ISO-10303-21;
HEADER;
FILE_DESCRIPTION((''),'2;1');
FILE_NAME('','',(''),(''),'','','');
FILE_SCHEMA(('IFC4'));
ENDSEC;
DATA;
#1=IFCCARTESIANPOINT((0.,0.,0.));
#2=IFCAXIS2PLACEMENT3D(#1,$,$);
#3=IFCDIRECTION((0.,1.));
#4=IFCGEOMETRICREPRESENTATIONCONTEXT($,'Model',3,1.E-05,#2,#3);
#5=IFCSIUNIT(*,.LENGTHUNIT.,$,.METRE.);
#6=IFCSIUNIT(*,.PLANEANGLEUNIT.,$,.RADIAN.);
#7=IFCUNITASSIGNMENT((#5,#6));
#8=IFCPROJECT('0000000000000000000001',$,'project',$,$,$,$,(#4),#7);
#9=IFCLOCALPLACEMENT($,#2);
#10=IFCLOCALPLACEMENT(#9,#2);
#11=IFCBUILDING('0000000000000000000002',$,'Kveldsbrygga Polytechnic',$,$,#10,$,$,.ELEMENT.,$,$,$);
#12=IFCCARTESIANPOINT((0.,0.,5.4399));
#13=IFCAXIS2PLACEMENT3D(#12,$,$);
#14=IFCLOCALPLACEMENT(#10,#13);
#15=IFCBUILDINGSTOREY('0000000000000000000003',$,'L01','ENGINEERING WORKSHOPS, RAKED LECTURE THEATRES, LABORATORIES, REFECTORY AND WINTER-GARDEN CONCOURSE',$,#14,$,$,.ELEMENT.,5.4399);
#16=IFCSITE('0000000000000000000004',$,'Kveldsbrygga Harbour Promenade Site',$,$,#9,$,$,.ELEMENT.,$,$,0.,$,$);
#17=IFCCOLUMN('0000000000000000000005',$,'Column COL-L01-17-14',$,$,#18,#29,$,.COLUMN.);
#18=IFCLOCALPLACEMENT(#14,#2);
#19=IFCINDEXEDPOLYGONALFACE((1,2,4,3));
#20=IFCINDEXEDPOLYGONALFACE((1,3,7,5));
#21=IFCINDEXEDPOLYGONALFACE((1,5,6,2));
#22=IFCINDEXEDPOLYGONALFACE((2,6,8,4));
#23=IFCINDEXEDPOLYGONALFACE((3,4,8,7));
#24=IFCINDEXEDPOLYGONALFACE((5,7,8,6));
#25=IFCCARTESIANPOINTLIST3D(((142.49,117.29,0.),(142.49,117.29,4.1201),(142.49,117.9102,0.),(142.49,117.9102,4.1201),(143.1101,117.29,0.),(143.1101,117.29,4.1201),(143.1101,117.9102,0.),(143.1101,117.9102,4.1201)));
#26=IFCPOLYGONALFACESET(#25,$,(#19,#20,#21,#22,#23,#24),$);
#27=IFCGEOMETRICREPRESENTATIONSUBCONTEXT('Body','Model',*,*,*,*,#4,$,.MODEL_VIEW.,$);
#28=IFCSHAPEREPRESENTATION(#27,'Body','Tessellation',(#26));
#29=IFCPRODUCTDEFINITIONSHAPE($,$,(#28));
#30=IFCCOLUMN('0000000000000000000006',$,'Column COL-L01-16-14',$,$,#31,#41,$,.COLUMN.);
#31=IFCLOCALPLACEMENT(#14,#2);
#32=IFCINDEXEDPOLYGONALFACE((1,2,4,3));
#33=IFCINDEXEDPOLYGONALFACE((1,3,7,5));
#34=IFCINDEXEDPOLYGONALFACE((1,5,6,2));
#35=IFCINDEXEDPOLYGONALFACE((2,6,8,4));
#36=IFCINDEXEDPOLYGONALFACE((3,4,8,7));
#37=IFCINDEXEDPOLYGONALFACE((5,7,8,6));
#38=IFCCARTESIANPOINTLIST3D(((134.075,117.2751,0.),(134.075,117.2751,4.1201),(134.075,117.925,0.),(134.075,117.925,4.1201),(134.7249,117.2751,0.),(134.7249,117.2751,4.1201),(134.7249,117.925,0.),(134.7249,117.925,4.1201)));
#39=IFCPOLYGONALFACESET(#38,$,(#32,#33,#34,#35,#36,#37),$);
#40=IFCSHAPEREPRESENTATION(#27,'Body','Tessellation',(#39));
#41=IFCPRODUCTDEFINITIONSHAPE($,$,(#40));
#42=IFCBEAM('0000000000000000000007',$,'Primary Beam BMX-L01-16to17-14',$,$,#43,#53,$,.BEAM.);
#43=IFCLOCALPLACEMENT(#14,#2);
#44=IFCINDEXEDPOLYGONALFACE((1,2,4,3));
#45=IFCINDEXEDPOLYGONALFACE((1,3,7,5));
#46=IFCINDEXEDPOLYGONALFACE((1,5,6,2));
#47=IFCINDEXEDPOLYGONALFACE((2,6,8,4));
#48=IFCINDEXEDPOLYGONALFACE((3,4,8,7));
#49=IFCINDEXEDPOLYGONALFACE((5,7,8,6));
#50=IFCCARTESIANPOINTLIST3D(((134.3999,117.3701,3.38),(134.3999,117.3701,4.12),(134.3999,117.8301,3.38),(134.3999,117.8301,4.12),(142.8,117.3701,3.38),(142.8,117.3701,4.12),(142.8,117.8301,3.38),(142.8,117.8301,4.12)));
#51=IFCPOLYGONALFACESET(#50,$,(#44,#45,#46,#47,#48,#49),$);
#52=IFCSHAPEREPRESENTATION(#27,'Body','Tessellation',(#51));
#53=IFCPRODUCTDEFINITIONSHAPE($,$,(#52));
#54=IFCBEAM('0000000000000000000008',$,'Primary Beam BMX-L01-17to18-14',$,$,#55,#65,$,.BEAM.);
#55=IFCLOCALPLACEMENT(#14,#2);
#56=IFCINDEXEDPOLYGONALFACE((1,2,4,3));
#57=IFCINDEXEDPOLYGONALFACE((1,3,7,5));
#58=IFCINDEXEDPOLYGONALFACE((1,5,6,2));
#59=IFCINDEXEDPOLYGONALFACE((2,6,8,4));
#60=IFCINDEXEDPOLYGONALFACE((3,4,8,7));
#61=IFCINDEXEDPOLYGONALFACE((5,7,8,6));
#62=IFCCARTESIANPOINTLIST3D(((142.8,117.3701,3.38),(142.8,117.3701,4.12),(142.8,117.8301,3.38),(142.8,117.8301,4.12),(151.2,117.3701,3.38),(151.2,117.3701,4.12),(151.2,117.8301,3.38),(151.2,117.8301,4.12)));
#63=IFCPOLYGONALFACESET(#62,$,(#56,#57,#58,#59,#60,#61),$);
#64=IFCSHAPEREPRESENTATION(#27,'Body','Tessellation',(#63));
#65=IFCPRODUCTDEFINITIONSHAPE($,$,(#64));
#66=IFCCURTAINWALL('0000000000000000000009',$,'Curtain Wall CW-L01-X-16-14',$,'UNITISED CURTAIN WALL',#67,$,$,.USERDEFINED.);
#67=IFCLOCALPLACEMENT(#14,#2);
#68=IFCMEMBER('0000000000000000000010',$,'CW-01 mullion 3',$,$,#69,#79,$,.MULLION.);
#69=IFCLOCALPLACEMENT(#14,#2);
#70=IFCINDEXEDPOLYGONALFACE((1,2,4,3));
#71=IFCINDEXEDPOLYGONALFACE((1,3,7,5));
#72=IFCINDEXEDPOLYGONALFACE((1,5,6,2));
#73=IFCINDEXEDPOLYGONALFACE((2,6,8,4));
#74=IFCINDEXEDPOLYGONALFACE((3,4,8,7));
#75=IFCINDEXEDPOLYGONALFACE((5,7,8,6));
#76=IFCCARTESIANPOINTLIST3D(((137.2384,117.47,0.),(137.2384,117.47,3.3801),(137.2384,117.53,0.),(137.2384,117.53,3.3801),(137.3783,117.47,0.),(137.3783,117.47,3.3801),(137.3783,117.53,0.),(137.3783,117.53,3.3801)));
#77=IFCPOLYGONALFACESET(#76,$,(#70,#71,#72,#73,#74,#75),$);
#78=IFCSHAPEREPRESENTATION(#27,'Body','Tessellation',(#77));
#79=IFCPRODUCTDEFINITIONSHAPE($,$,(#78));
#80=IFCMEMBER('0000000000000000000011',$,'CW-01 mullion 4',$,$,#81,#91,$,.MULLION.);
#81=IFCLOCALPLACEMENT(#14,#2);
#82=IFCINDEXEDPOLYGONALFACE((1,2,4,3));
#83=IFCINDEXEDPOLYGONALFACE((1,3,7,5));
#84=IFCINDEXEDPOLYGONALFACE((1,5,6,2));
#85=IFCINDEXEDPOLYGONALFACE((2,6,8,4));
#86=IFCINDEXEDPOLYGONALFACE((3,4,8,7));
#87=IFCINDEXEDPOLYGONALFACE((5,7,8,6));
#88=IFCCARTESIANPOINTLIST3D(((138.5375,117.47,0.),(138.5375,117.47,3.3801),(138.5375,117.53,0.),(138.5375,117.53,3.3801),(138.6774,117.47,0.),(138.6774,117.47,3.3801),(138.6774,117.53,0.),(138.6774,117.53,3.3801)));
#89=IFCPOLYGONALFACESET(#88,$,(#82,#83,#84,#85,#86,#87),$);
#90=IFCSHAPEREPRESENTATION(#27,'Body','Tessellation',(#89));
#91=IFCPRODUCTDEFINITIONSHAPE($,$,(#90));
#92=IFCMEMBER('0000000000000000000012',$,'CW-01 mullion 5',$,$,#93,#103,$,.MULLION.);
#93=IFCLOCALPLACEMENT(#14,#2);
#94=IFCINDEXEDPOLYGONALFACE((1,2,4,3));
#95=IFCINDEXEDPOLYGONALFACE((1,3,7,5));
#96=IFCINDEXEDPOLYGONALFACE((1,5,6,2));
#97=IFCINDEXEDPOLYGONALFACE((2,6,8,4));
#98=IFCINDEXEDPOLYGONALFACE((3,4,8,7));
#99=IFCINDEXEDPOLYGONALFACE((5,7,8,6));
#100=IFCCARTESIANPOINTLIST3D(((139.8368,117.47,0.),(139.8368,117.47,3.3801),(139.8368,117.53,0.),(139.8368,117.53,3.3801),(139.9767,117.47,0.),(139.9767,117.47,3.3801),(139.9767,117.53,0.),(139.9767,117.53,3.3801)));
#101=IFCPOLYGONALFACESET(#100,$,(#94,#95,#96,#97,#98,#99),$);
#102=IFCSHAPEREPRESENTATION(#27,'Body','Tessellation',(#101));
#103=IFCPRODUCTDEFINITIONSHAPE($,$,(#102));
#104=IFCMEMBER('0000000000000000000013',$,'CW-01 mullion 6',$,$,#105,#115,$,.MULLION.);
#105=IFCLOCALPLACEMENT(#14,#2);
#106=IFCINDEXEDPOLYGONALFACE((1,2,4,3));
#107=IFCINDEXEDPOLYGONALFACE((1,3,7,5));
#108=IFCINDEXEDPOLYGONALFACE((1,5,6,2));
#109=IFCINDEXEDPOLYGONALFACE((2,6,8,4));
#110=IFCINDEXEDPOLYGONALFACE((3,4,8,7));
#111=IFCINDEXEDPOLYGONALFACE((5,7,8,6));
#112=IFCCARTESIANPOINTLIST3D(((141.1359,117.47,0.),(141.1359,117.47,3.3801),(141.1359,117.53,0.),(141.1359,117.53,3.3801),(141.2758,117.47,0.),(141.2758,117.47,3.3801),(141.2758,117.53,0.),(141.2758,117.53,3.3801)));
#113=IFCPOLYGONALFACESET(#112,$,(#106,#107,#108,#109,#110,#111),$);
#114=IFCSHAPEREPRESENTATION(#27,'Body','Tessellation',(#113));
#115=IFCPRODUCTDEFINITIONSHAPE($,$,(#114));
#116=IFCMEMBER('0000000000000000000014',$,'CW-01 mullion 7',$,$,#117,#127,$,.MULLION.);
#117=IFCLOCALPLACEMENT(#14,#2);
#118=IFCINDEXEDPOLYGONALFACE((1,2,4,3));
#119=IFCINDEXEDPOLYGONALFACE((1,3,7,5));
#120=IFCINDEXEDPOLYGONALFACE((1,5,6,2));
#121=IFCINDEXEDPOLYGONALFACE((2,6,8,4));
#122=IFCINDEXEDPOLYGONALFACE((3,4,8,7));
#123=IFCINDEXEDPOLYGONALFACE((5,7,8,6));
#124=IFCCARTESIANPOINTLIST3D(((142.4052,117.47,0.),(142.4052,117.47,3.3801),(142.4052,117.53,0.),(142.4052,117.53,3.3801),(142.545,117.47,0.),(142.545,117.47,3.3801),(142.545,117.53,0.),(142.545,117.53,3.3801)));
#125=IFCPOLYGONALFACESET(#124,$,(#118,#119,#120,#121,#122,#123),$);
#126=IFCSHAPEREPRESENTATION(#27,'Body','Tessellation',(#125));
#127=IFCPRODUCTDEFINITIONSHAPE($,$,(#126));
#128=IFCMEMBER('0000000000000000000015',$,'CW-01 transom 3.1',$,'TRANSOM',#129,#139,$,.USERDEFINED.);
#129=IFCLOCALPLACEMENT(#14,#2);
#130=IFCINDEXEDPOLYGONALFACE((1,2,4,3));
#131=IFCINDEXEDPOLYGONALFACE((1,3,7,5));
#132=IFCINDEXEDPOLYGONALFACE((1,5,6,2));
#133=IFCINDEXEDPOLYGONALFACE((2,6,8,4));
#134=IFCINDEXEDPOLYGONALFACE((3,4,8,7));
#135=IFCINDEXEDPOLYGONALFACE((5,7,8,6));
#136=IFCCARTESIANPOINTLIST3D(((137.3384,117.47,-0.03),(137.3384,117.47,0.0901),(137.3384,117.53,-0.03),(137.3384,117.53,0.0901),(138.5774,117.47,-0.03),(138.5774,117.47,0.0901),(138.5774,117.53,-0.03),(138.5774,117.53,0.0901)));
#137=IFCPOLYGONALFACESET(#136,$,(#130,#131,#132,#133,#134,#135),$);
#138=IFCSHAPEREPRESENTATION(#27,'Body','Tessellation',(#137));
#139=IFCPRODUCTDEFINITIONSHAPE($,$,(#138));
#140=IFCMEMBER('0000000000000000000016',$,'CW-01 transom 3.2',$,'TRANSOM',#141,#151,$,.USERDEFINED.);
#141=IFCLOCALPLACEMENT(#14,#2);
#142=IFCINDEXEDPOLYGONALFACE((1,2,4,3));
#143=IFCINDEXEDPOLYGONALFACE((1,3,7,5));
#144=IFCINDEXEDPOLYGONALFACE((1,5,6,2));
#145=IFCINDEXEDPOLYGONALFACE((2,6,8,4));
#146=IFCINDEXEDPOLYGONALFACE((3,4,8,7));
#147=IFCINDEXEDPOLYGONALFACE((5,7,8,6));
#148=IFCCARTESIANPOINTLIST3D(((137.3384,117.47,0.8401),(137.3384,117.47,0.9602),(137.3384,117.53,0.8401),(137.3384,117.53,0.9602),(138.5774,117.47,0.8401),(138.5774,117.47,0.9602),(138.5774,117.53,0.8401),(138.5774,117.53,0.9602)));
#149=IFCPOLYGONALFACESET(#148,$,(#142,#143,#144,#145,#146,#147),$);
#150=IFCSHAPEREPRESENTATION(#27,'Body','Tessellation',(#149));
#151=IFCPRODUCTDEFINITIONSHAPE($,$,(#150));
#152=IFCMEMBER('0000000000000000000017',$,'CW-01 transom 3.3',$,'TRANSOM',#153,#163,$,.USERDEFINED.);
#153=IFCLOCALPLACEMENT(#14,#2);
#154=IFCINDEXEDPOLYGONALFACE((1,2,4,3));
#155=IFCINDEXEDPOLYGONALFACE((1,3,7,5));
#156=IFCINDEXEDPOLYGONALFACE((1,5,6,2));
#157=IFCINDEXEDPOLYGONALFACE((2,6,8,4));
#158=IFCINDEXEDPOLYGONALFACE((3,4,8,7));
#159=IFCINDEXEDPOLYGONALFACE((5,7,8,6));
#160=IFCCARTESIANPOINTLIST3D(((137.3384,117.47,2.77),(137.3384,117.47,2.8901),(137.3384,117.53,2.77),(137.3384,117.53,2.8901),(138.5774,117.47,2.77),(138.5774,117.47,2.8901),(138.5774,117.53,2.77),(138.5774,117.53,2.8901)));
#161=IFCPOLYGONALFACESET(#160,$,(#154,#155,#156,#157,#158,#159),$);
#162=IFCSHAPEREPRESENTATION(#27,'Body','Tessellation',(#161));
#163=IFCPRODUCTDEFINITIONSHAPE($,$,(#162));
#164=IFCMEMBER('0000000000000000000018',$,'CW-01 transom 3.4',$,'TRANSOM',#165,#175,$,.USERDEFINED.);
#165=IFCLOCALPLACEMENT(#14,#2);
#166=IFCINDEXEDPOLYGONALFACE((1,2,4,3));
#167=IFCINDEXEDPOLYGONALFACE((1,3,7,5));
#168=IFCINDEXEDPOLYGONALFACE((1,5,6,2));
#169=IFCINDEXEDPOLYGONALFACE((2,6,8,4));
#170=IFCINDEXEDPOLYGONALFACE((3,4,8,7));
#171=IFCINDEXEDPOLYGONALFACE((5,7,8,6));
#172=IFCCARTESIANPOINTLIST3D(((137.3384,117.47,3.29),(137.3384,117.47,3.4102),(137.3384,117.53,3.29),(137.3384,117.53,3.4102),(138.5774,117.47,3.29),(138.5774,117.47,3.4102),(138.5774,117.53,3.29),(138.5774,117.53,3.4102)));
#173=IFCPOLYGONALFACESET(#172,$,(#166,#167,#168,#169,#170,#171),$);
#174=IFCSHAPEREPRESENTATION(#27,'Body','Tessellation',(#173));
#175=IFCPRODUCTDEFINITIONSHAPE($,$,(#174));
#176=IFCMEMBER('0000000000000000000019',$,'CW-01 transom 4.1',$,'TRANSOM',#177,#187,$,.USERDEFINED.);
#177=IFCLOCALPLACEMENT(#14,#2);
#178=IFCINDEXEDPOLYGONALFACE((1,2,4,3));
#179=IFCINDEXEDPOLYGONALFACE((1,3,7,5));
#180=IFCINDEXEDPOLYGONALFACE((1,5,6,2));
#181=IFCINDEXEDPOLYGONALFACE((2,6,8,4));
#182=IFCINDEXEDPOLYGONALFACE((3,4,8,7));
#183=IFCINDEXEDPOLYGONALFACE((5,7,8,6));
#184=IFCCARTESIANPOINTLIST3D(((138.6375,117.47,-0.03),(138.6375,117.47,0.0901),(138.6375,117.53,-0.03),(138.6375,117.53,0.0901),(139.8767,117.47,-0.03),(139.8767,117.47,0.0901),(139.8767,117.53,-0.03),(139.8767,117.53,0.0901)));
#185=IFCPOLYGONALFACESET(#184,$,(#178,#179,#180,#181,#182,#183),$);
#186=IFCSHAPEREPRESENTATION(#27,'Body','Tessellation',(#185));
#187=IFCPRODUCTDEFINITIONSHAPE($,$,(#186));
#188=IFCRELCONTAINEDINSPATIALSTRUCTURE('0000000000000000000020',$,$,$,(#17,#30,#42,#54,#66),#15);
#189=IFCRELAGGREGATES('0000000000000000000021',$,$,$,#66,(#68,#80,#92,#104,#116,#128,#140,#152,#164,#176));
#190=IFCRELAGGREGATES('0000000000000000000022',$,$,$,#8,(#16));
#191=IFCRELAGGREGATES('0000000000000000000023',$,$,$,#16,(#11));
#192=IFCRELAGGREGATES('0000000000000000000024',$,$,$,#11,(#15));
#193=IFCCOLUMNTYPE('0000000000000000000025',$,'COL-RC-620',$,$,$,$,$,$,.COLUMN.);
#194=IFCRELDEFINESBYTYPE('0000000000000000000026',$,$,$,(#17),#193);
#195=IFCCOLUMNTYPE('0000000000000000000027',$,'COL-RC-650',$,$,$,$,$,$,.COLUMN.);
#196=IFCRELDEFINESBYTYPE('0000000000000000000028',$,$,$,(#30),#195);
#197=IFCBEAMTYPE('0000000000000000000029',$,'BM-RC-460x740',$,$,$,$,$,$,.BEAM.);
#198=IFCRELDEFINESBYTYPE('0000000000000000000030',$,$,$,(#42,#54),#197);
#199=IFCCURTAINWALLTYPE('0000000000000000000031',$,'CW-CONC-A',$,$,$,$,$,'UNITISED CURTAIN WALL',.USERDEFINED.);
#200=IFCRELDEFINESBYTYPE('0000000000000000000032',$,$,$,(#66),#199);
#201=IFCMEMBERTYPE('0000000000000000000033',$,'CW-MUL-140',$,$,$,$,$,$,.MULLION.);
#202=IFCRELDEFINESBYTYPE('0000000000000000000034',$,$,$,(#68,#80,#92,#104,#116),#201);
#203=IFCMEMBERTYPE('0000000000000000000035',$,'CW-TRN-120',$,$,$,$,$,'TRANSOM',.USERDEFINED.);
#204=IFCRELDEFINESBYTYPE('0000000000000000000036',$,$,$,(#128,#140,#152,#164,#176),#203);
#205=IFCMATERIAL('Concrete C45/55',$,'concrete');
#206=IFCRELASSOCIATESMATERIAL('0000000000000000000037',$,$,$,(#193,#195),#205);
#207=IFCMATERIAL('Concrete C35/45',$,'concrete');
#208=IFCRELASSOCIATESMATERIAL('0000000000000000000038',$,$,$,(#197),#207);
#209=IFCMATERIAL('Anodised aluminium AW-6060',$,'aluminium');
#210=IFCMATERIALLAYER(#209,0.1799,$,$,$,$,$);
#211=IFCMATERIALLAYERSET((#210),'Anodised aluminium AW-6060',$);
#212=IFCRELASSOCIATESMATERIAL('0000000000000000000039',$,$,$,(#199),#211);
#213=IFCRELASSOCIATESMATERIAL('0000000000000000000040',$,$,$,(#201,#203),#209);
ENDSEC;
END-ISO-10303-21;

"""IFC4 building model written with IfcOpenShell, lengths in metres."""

from ifc_helpers import new_model, si_unit, direction, frame, origin, origin_2d, place, context, subcontext, project, spatial, rectangle, extrude, material, layer, layer_set, material_profile, profile_set, type_object, element, aggregate, save


model = new_model("IFC4")

# Units and contexts
model_context = context("Model", 3, precision=1e-05, world=origin(), true_north=direction((0.0, 1.0)))
body_context = subcontext(model_context, "Body", "Model", "MODEL_VIEW")
ifc_project = project(units=[si_unit("LENGTHUNIT", "METRE"), si_unit("PLANEANGLEUNIT", "RADIAN")], contexts=[model_context])

# Site, building, storey
site_placement = place(None, origin())
site = spatial("IfcSite", under=ifc_project, at=site_placement, Name="Kveldsbrygga Harbour Promenade Site", CompositionType="ELEMENT", RefElevation=0.0)
building_placement = place(site_placement, origin())
building = spatial("IfcBuilding", under=site, at=building_placement, Name="Kveldsbrygga Polytechnic", CompositionType="ELEMENT")
storey_placement = place(building_placement, frame((0.0, 0.0, 5.4399)))
storey = spatial("IfcBuildingStorey", under=building, at=storey_placement, Name="L01", Description="ENGINEERING WORKSHOPS, RAKED LECTURE THEATRES, LABORATORIES, REFECTORY AND WINTER-GARDEN CONCOURSE", CompositionType="ELEMENT", Elevation=5.4399)

# Columns
ifc_material_1 = material(Name="Concrete C45/55", Category="concrete")
ifc_material_profile_1 = material_profile(ifc_material_1, rectangle(XDim=0.6201, YDim=0.6201, at=origin_2d()), Name="RC 620x620")
ifc_profile_set_1 = profile_set([ifc_material_profile_1], Name="Concrete C45/55")
column_type_1 = type_object("IfcColumnType", Name="COL-RC-620", PredefinedType="COLUMN", material=ifc_profile_set_1)
column_1_placement = place(storey_placement, frame((142.8, 117.6001, 0.0), z_axis=(0.0, 0.0, 1.0), x_axis=(1.0, 0.0, 0.0)))
element("IfcColumn", 1, at=column_1_placement, inside=storey, type_object=column_type_1, Name="Column COL-L01-17-14", PredefinedType="COLUMN", context=body_context, shape_type="SweptSolid", body=[
    extrude(rectangle(XDim=0.6201, YDim=0.6201, at=origin_2d()), origin(), (0.0, 0.0, 1.0), 4.1201),
])
ifc_material_profile_2 = material_profile(ifc_material_1, rectangle(XDim=0.6499, YDim=0.6499, at=origin_2d()), Name="RC 650x650")
ifc_profile_set_2 = profile_set([ifc_material_profile_2], Name="Concrete C45/55")
column_type_2 = type_object("IfcColumnType", Name="COL-RC-650", PredefinedType="COLUMN", material=ifc_profile_set_2)
column_2_placement = place(storey_placement, frame((134.3999, 117.6001, 0.0), z_axis=(0.0, 0.0, 1.0), x_axis=(1.0, 0.0, 0.0)))
element("IfcColumn", 2, at=column_2_placement, inside=storey, type_object=column_type_2, Name="Column COL-L01-16-14", PredefinedType="COLUMN", context=body_context, shape_type="SweptSolid", body=[
    extrude(rectangle(XDim=0.6499, YDim=0.6499, at=origin_2d()), origin(), (0.0, 0.0, 1.0), 4.1201),
])

# Beams
ifc_material_2 = material(Name="Concrete C35/45", Category="concrete")
ifc_material_profile_3 = material_profile(ifc_material_2, rectangle(XDim=0.46, YDim=0.74, at=origin_2d()), Name="RC 460x740")
ifc_profile_set_3 = profile_set([ifc_material_profile_3], Name="Concrete C35/45")
beam_type = type_object("IfcBeamType", Name="BM-RC-460x740", PredefinedType="BEAM", material=ifc_profile_set_3)
beam_1_placement = place(storey_placement, frame((134.3999, 117.6001, 3.75), z_axis=(1.0, 0.0, 0.0), x_axis=(0.0, 1.0, 0.0)))
element("IfcBeam", 3, at=beam_1_placement, inside=storey, type_object=beam_type, Name="Primary Beam BMX-L01-16to17-14", PredefinedType="BEAM", context=body_context, shape_type="SweptSolid", body=[
    extrude(rectangle(XDim=0.46, YDim=0.74, at=origin_2d()), origin(), (0.0, 0.0, 1.0), 8.4001),
])
beam_2_placement = place(storey_placement, frame((142.8, 117.6001, 3.75), z_axis=(1.0, 0.0, 0.0), x_axis=(0.0, 1.0, 0.0)))
element("IfcBeam", 4, at=beam_2_placement, inside=storey, type_object=beam_type, Name="Primary Beam BMX-L01-17to18-14", PredefinedType="BEAM", context=body_context, shape_type="SweptSolid", body=[
    extrude(rectangle(XDim=0.46, YDim=0.74, at=origin_2d()), origin(), (0.0, 0.0, 1.0), 8.3999),
])

# Curtain wall, members
ifc_material_3 = material(Name="Anodised aluminium AW-6060", Category="aluminium")
ifc_layer_1 = layer(ifc_material_3, 0.1799)
ifc_layer_set_1 = layer_set([ifc_layer_1], Name="Anodised aluminium AW-6060")
curtain_wall_type = type_object("IfcCurtainWallType", Name="CW-CONC-A", ElementType="UNITISED CURTAIN WALL", PredefinedType="USERDEFINED", material=ifc_layer_set_1)
curtain_wall_placement = place(storey_placement, origin())
curtain_wall = element("IfcCurtainWall", 5, at=curtain_wall_placement, inside=storey, type_object=curtain_wall_type, Name="Curtain Wall CW-L01-X-16-14", ObjectType="UNITISED CURTAIN WALL", PredefinedType="USERDEFINED")
ifc_material_profile_4 = material_profile(ifc_material_3, rectangle(XDim=0.0601, YDim=0.1399, at=origin_2d()), Name="ALU 60x140")
ifc_profile_set_4 = profile_set([ifc_material_profile_4], Name="Anodised aluminium AW-6060")
member_type_1 = type_object("IfcMemberType", Name="CW-MUL-140", PredefinedType="MULLION", material=ifc_profile_set_4)
member_1_placement = place(storey_placement, frame((137.3083, 117.5, 0.0), z_axis=(0.0, 0.0, 1.0), x_axis=(0.0, 1.0, 0.0)))
member_1 = element("IfcMember", 6, at=member_1_placement, type_object=member_type_1, Name="CW-01 mullion 3", PredefinedType="MULLION", context=body_context, shape_type="SweptSolid", body=[
    extrude(rectangle(XDim=0.0601, YDim=0.1399, at=origin_2d()), origin(), (0.0, 0.0, 1.0), 3.3801),
])
member_2_placement = place(storey_placement, frame((138.6074, 117.5, 0.0), z_axis=(0.0, 0.0, 1.0), x_axis=(0.0, 1.0, 0.0)))
member_2 = element("IfcMember", 7, at=member_2_placement, type_object=member_type_1, Name="CW-01 mullion 4", PredefinedType="MULLION", context=body_context, shape_type="SweptSolid", body=[
    extrude(rectangle(XDim=0.0601, YDim=0.1399, at=origin_2d()), origin(), (0.0, 0.0, 1.0), 3.3801),
])
member_3_placement = place(storey_placement, frame((139.9067, 117.5, 0.0), z_axis=(0.0, 0.0, 1.0), x_axis=(0.0, 1.0, 0.0)))
member_3 = element("IfcMember", 8, at=member_3_placement, type_object=member_type_1, Name="CW-01 mullion 5", PredefinedType="MULLION", context=body_context, shape_type="SweptSolid", body=[
    extrude(rectangle(XDim=0.0601, YDim=0.1399, at=origin_2d()), origin(), (0.0, 0.0, 1.0), 3.3801),
])
member_4_placement = place(storey_placement, frame((141.2058, 117.5, 0.0), z_axis=(0.0, 0.0, 1.0), x_axis=(0.0, 1.0, 0.0)))
member_4 = element("IfcMember", 9, at=member_4_placement, type_object=member_type_1, Name="CW-01 mullion 6", PredefinedType="MULLION", context=body_context, shape_type="SweptSolid", body=[
    extrude(rectangle(XDim=0.0601, YDim=0.1399, at=origin_2d()), origin(), (0.0, 0.0, 1.0), 3.3801),
])
member_5_placement = place(storey_placement, frame((142.4751, 117.5, 0.0), z_axis=(0.0, 0.0, 1.0), x_axis=(0.0, 1.0, 0.0)))
member_5 = element("IfcMember", 10, at=member_5_placement, type_object=member_type_1, Name="CW-01 mullion 7", PredefinedType="MULLION", context=body_context, shape_type="SweptSolid", body=[
    extrude(rectangle(XDim=0.0601, YDim=0.1399, at=origin_2d()), origin(), (0.0, 0.0, 1.0), 3.3801),
])
ifc_material_profile_5 = material_profile(ifc_material_3, rectangle(XDim=0.0601, YDim=0.1201, at=origin_2d()), Name="ALU 60x120")
ifc_profile_set_5 = profile_set([ifc_material_profile_5], Name="Anodised aluminium AW-6060")
member_type_2 = type_object("IfcMemberType", Name="CW-TRN-120", ElementType="TRANSOM", PredefinedType="USERDEFINED", material=ifc_profile_set_5)
member_6_placement = place(storey_placement, frame((137.3384, 117.5, 0.03), z_axis=(1.0, 0.0, 0.0), x_axis=(0.0, 1.0, 0.0)))
member_6 = element("IfcMember", 11, at=member_6_placement, type_object=member_type_2, Name="CW-01 transom 3.1", ObjectType="TRANSOM", PredefinedType="USERDEFINED", context=body_context, shape_type="SweptSolid", body=[
    extrude(rectangle(XDim=0.0601, YDim=0.1201, at=origin_2d()), origin(), (0.0, 0.0, 1.0), 1.239),
])
member_7_placement = place(storey_placement, frame((137.3384, 117.5, 0.9001), z_axis=(1.0, 0.0, 0.0), x_axis=(0.0, 1.0, 0.0)))
member_7 = element("IfcMember", 12, at=member_7_placement, type_object=member_type_2, Name="CW-01 transom 3.2", ObjectType="TRANSOM", PredefinedType="USERDEFINED", context=body_context, shape_type="SweptSolid", body=[
    extrude(rectangle(XDim=0.0601, YDim=0.1201, at=origin_2d()), origin(), (0.0, 0.0, 1.0), 1.239),
])
member_8_placement = place(storey_placement, frame((137.3384, 117.5, 2.8301), z_axis=(1.0, 0.0, 0.0), x_axis=(0.0, 1.0, 0.0)))
member_8 = element("IfcMember", 13, at=member_8_placement, type_object=member_type_2, Name="CW-01 transom 3.3", ObjectType="TRANSOM", PredefinedType="USERDEFINED", context=body_context, shape_type="SweptSolid", body=[
    extrude(rectangle(XDim=0.0601, YDim=0.1201, at=origin_2d()), origin(), (0.0, 0.0, 1.0), 1.239),
])
member_9_placement = place(storey_placement, frame((137.3384, 117.5, 3.3501), z_axis=(1.0, 0.0, 0.0), x_axis=(0.0, 1.0, 0.0)))
member_9 = element("IfcMember", 14, at=member_9_placement, type_object=member_type_2, Name="CW-01 transom 3.4", ObjectType="TRANSOM", PredefinedType="USERDEFINED", context=body_context, shape_type="SweptSolid", body=[
    extrude(rectangle(XDim=0.0601, YDim=0.1201, at=origin_2d()), origin(), (0.0, 0.0, 1.0), 1.239),
])
member_10_placement = place(storey_placement, frame((138.6375, 117.5, 0.03), z_axis=(1.0, 0.0, 0.0), x_axis=(0.0, 1.0, 0.0)))
member_10 = element("IfcMember", 15, at=member_10_placement, type_object=member_type_2, Name="CW-01 transom 4.1", ObjectType="TRANSOM", PredefinedType="USERDEFINED", context=body_context, shape_type="SweptSolid", body=[
    extrude(rectangle(XDim=0.0601, YDim=0.1201, at=origin_2d()), origin(), (0.0, 0.0, 1.0), 1.2393),
])
aggregate(curtain_wall, [member_1, member_2, member_3, member_4, member_5, member_6, member_7, member_8, member_9, member_10])

save(model, "model.ifc")
